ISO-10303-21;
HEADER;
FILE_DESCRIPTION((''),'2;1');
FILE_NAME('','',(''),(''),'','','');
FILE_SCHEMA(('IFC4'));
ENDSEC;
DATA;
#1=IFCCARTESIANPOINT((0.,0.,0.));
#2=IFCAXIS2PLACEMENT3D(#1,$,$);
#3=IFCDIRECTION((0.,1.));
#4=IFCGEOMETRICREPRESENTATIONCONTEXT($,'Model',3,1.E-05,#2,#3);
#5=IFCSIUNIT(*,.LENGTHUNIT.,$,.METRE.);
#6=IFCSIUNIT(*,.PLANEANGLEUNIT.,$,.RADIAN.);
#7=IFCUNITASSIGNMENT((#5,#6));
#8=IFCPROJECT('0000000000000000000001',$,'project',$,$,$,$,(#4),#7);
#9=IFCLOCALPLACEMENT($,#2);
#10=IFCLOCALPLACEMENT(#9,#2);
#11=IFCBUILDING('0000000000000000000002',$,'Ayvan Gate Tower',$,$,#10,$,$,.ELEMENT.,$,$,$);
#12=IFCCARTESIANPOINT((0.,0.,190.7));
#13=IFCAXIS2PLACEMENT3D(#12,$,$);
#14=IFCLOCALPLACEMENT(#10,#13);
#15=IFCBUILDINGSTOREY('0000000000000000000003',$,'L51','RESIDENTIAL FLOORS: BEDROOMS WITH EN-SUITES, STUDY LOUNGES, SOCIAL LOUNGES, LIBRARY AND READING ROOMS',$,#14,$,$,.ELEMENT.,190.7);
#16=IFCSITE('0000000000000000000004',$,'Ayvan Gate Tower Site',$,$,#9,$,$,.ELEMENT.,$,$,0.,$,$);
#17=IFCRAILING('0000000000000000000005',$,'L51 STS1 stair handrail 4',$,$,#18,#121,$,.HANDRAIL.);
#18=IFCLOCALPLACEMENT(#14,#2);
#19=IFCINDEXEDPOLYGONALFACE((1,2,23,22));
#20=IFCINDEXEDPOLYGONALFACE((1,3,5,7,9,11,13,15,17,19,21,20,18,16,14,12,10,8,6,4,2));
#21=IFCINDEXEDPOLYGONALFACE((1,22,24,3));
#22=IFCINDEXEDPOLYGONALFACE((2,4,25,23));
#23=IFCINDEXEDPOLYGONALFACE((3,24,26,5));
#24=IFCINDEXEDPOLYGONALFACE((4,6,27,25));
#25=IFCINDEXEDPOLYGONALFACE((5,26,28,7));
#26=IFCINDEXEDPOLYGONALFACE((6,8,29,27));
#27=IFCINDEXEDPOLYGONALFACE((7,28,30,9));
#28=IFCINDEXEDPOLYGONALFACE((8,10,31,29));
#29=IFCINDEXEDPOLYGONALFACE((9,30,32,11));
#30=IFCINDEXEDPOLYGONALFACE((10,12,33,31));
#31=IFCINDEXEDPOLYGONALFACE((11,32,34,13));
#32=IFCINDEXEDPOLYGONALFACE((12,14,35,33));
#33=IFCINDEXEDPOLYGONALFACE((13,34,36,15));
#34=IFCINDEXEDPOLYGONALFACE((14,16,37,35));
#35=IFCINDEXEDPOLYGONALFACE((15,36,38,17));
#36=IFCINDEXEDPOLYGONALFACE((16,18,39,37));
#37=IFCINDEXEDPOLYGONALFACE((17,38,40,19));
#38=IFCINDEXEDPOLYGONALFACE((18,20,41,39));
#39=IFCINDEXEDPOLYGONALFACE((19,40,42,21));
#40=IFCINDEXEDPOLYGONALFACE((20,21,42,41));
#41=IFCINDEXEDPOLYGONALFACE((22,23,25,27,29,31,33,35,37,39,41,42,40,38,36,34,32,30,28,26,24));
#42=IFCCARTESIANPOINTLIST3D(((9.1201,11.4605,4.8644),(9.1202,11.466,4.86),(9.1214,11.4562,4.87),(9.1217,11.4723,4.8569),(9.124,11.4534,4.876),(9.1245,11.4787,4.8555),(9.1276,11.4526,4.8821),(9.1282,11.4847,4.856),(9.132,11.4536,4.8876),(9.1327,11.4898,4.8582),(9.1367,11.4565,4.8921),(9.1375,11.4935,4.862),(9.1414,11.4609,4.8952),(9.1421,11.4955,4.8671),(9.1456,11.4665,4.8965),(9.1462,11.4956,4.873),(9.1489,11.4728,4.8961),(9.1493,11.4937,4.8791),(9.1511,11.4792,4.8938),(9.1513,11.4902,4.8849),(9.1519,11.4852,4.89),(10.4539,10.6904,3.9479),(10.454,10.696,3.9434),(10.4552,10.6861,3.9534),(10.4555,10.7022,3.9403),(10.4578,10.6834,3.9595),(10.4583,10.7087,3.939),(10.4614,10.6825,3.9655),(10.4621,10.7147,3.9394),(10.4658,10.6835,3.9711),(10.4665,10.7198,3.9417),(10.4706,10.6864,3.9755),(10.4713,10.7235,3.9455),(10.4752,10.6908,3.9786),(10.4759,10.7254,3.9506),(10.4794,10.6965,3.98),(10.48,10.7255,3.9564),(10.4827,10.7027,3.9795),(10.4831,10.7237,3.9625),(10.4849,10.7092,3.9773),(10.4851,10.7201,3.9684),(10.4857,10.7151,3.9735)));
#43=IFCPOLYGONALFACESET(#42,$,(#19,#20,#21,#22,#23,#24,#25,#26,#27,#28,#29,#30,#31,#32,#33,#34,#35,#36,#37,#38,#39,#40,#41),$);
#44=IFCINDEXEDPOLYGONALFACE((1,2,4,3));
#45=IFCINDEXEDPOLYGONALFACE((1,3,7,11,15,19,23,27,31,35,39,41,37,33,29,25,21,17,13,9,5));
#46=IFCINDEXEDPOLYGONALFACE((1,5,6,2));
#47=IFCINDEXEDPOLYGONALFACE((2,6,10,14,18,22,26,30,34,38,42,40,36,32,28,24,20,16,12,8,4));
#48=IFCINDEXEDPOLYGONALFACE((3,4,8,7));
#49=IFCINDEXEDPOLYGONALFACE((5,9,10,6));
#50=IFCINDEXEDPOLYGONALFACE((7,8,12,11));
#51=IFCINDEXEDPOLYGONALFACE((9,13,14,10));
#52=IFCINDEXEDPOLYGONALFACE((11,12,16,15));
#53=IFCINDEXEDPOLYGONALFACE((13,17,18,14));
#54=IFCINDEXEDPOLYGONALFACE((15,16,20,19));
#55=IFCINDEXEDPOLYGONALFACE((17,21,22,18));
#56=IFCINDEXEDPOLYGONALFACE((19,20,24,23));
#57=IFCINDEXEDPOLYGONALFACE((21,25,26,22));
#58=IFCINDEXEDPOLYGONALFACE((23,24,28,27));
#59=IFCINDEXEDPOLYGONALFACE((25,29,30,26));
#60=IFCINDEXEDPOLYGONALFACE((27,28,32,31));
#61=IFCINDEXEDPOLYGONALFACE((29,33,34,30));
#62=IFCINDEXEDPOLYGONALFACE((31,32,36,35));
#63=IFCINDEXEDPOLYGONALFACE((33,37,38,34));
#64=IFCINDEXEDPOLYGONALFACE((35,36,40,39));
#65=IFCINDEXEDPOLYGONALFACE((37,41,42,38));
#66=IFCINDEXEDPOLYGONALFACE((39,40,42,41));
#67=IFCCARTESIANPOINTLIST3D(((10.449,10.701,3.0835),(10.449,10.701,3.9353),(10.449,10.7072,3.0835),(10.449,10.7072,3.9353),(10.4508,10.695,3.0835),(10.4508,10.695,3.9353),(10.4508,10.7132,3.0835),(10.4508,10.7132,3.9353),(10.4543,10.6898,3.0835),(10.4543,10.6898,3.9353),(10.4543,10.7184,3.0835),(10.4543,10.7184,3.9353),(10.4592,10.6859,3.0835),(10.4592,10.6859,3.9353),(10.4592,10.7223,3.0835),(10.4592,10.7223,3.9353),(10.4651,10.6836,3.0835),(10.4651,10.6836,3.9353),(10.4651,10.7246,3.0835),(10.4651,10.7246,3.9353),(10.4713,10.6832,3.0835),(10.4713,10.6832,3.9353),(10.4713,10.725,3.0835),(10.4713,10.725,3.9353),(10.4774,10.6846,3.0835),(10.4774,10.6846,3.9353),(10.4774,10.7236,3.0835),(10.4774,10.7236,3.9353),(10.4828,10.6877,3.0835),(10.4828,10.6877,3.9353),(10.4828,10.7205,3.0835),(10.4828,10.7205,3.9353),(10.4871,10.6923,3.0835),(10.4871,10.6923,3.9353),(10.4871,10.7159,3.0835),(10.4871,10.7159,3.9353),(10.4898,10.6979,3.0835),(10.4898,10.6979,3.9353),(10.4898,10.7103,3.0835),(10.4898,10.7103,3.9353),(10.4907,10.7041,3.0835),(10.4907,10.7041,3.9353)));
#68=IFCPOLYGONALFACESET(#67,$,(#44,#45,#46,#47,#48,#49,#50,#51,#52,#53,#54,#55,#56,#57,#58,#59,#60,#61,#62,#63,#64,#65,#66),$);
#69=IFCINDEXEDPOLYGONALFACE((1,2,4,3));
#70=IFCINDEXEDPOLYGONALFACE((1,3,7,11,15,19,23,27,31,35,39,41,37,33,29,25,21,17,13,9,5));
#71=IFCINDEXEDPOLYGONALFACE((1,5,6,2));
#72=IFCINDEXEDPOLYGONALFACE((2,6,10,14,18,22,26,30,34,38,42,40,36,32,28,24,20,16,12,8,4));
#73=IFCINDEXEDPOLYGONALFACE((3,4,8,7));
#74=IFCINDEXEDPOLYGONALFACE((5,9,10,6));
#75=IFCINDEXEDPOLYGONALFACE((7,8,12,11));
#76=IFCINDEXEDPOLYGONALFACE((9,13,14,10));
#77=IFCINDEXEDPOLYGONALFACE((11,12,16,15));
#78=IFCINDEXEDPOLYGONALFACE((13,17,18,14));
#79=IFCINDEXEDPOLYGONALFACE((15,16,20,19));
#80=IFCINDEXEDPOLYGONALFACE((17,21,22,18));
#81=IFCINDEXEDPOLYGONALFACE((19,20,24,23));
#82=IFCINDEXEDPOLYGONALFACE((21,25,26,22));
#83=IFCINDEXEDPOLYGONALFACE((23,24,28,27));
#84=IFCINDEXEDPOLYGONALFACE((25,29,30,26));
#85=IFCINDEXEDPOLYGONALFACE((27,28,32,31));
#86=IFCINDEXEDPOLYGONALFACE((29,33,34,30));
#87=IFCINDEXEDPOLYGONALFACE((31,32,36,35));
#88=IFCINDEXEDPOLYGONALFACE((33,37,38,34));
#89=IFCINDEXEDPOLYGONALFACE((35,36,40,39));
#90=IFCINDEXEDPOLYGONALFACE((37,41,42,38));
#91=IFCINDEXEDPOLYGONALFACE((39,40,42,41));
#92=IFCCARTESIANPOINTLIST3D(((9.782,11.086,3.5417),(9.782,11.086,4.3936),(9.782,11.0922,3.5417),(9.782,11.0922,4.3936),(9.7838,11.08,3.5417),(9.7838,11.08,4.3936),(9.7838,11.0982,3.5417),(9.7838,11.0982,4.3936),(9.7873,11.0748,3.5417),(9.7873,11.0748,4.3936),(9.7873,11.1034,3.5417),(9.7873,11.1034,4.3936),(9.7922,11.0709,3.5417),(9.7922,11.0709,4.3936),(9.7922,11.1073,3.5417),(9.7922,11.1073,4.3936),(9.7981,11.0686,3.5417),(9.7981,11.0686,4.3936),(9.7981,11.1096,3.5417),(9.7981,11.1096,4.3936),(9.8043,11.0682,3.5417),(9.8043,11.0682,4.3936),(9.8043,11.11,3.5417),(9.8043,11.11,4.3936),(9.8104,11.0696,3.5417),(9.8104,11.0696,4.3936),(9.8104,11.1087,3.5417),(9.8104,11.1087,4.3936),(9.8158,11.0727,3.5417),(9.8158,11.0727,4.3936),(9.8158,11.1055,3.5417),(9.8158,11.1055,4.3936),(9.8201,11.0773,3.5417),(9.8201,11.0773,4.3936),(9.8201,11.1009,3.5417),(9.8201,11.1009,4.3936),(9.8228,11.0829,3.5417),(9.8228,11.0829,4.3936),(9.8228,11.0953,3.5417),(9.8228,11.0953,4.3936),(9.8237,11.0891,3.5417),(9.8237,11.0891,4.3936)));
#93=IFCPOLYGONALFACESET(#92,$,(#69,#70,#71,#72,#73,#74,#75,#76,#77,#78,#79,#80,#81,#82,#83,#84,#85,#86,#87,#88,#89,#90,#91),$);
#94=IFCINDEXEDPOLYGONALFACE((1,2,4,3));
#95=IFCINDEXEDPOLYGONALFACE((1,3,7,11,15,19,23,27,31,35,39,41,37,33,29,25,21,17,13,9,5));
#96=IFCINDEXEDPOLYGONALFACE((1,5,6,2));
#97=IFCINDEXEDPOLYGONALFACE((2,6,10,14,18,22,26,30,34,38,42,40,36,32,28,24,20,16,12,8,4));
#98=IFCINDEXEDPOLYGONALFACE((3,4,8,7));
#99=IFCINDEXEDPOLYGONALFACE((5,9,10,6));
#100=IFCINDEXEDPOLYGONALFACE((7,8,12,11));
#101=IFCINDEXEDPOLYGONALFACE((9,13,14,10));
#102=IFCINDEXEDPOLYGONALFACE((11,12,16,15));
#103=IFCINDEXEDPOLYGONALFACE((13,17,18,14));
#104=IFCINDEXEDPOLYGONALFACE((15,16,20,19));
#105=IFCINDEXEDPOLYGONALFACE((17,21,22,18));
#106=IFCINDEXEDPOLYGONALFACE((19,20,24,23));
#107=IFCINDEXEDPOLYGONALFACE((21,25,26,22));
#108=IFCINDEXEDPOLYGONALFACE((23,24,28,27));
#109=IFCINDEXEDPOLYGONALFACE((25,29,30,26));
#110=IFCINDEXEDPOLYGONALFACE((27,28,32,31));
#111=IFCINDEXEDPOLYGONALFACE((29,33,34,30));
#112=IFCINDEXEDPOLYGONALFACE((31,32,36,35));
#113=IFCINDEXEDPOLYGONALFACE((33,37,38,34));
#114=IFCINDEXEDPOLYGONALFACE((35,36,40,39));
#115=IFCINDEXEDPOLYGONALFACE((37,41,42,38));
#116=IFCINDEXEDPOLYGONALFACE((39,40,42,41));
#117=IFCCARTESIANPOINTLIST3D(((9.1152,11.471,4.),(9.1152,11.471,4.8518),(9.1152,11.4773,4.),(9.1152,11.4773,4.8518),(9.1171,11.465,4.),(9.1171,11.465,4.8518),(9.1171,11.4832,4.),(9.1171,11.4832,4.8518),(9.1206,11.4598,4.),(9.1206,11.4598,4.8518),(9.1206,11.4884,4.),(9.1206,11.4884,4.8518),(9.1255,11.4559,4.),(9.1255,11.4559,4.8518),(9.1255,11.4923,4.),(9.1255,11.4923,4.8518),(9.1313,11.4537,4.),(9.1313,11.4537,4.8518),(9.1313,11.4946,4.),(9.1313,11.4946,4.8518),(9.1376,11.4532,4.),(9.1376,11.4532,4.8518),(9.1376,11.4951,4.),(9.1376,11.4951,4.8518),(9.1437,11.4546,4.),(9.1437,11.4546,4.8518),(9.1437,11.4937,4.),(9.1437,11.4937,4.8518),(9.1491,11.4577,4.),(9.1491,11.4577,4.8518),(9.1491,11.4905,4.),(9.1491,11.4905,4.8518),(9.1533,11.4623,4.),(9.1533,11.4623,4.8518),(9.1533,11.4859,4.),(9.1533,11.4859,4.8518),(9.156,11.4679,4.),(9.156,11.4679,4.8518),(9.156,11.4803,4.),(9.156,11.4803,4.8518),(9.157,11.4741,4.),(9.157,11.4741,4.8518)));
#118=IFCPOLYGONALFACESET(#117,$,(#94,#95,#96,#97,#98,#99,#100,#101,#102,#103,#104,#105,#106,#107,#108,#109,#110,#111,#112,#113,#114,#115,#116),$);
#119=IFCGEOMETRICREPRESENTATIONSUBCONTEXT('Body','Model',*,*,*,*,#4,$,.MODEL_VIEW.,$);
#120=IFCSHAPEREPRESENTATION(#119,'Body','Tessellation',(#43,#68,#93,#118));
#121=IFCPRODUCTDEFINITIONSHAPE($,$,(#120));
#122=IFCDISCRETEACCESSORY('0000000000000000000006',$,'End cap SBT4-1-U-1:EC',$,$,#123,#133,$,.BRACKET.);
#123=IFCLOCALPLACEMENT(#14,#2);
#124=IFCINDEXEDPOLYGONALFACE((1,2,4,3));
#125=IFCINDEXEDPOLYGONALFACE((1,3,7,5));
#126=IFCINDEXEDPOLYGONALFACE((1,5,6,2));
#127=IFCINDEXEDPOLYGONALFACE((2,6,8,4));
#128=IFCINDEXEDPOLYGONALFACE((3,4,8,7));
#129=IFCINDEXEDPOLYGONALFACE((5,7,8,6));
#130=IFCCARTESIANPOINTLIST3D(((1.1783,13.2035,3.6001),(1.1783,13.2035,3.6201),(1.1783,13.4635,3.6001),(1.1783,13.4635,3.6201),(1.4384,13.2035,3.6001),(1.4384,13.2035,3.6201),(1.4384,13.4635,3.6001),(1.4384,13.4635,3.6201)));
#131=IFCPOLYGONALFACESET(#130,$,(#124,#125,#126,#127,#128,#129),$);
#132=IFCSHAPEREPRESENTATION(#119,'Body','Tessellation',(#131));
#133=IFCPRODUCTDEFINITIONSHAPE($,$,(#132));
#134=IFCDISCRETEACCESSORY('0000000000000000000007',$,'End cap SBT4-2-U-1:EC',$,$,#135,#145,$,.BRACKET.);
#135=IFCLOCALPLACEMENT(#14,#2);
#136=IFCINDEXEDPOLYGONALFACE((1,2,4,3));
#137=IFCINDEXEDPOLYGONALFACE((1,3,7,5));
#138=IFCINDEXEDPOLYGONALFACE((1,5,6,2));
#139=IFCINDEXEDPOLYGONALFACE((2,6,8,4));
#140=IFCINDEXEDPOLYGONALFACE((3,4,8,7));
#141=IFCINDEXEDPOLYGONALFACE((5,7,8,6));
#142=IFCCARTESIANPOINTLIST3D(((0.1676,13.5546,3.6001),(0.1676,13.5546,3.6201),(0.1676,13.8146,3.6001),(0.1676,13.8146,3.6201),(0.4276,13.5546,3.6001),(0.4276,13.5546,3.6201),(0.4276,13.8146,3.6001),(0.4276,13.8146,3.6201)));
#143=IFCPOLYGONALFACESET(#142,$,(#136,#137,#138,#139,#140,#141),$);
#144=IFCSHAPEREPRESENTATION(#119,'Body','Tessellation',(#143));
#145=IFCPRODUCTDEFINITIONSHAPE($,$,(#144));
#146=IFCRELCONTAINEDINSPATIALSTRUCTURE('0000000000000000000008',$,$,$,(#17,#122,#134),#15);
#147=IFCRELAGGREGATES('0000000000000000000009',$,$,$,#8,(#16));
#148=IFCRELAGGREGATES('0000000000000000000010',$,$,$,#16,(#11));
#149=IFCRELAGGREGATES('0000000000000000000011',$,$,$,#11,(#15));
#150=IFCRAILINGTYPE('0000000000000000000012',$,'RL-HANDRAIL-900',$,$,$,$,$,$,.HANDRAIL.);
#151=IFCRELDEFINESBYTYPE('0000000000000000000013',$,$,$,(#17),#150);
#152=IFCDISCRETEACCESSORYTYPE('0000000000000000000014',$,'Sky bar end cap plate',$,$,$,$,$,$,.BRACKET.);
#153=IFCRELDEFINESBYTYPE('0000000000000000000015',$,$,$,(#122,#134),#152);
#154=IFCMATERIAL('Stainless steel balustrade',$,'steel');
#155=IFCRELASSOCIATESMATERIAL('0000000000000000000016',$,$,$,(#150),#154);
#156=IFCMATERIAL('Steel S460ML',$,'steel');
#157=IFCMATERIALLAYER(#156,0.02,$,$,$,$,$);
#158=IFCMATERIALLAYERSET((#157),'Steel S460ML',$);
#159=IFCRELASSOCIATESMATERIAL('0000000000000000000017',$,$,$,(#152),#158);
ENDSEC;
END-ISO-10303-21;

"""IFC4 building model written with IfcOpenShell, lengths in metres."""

from ifc_helpers import new_model, si_unit, direction, frame, origin, origin_2d, place, context, subcontext, project, spatial, rectangle, circle, extrude, material, layer, layer_set, type_object, element, save


model = new_model("IFC4")

# Units and contexts
model_context = context("Model", 3, precision=1e-05, world=origin(), true_north=direction((0.0, 1.0)))
body_context = subcontext(model_context, "Body", "Model", "MODEL_VIEW")
ifc_project = project(units=[si_unit("LENGTHUNIT", "METRE"), si_unit("PLANEANGLEUNIT", "RADIAN")], contexts=[model_context])

# Site, building, storey
site_placement = place(None, origin())
site = spatial("IfcSite", under=ifc_project, at=site_placement, Name="Ayvan Gate Tower Site", CompositionType="ELEMENT", RefElevation=0.0)
building_placement = place(site_placement, origin())
building = spatial("IfcBuilding", under=site, at=building_placement, Name="Ayvan Gate Tower", CompositionType="ELEMENT")
storey_placement = place(building_placement, frame((0.0, 0.0, 190.7)))
storey = spatial("IfcBuildingStorey", under=building, at=storey_placement, Name="L51", Description="RESIDENTIAL FLOORS: BEDROOMS WITH EN-SUITES, STUDY LOUNGES, SOCIAL LOUNGES, LIBRARY AND READING ROOMS", CompositionType="ELEMENT", Elevation=190.7)

# Railing
ifc_material_1 = material(Name="Stainless steel balustrade", Category="steel")
railing_type_1 = type_object("IfcRailingType", Name="RL-HANDRAIL-900", PredefinedType="HANDRAIL", material=ifc_material_1)
railing_1_placement = place(storey_placement, frame((10.4697, 10.7041, 3.0835)))
element("IfcRailing", 1, at=railing_1_placement, inside=storey, type_object=railing_type_1, Name="L51 STS1 stair handrail 4", PredefinedType="HANDRAIL", context=body_context, shape_type="SweptSolid", body=[
    extrude(circle(Radius=0.0239, at=origin_2d()), frame((0.0, 0.0, 0.876), z_axis=(-0.744216, 0.429664, 0.511401), x_axis=(-0.499992, -0.86603, 0.0)), (0.0, 0.0, 1.0), 1.7922),
    extrude(circle(Radius=0.021, at=origin_2d()), origin(), (0.0, 0.0, 1.0), 0.8518),
    extrude(circle(Radius=0.021, at=origin_2d()), frame((-0.667, 0.385, 0.4583)), (0.0, 0.0, 1.0), 0.8518),
    extrude(circle(Radius=0.021, at=origin_2d()), frame((-1.3337, 0.77, 0.9165)), (0.0, 0.0, 1.0), 0.8518),
])

# Discrete accessories
ifc_material_2 = material(Name="Steel S460ML", Category="steel")
ifc_layer_1 = layer(ifc_material_2, 0.02)
ifc_layer_set_1 = layer_set([ifc_layer_1], Name="Steel S460ML")
discrete_accessory_type = type_object("IfcDiscreteAccessoryType", Name="Sky bar end cap plate", PredefinedType="BRACKET", material=ifc_layer_set_1)
for number, where, z_axis, x_axis, name in (
    (2, (1.3083, 13.3335, 3.6001), (0.0, 0.0, 1.0), (1.0, 0.0, 0.0), "End cap SBT4-1-U-1:EC"),
    (3, (0.2976, 13.6846, 3.6001), (0.0, 0.0, 1.0), (1.0, 0.0, 0.0), "End cap SBT4-2-U-1:EC"),
):
    element("IfcDiscreteAccessory", number, at=place(storey_placement, frame(where, z_axis=z_axis, x_axis=x_axis)), inside=storey, type_object=discrete_accessory_type, Name=name, PredefinedType="BRACKET", context=body_context, shape_type="SweptSolid", body=[
        extrude(rectangle(XDim=0.26, YDim=0.26, at=origin_2d()), origin(), (0.0, 0.0, 1.0), 0.02),
    ])

save(model, "model.ifc")
